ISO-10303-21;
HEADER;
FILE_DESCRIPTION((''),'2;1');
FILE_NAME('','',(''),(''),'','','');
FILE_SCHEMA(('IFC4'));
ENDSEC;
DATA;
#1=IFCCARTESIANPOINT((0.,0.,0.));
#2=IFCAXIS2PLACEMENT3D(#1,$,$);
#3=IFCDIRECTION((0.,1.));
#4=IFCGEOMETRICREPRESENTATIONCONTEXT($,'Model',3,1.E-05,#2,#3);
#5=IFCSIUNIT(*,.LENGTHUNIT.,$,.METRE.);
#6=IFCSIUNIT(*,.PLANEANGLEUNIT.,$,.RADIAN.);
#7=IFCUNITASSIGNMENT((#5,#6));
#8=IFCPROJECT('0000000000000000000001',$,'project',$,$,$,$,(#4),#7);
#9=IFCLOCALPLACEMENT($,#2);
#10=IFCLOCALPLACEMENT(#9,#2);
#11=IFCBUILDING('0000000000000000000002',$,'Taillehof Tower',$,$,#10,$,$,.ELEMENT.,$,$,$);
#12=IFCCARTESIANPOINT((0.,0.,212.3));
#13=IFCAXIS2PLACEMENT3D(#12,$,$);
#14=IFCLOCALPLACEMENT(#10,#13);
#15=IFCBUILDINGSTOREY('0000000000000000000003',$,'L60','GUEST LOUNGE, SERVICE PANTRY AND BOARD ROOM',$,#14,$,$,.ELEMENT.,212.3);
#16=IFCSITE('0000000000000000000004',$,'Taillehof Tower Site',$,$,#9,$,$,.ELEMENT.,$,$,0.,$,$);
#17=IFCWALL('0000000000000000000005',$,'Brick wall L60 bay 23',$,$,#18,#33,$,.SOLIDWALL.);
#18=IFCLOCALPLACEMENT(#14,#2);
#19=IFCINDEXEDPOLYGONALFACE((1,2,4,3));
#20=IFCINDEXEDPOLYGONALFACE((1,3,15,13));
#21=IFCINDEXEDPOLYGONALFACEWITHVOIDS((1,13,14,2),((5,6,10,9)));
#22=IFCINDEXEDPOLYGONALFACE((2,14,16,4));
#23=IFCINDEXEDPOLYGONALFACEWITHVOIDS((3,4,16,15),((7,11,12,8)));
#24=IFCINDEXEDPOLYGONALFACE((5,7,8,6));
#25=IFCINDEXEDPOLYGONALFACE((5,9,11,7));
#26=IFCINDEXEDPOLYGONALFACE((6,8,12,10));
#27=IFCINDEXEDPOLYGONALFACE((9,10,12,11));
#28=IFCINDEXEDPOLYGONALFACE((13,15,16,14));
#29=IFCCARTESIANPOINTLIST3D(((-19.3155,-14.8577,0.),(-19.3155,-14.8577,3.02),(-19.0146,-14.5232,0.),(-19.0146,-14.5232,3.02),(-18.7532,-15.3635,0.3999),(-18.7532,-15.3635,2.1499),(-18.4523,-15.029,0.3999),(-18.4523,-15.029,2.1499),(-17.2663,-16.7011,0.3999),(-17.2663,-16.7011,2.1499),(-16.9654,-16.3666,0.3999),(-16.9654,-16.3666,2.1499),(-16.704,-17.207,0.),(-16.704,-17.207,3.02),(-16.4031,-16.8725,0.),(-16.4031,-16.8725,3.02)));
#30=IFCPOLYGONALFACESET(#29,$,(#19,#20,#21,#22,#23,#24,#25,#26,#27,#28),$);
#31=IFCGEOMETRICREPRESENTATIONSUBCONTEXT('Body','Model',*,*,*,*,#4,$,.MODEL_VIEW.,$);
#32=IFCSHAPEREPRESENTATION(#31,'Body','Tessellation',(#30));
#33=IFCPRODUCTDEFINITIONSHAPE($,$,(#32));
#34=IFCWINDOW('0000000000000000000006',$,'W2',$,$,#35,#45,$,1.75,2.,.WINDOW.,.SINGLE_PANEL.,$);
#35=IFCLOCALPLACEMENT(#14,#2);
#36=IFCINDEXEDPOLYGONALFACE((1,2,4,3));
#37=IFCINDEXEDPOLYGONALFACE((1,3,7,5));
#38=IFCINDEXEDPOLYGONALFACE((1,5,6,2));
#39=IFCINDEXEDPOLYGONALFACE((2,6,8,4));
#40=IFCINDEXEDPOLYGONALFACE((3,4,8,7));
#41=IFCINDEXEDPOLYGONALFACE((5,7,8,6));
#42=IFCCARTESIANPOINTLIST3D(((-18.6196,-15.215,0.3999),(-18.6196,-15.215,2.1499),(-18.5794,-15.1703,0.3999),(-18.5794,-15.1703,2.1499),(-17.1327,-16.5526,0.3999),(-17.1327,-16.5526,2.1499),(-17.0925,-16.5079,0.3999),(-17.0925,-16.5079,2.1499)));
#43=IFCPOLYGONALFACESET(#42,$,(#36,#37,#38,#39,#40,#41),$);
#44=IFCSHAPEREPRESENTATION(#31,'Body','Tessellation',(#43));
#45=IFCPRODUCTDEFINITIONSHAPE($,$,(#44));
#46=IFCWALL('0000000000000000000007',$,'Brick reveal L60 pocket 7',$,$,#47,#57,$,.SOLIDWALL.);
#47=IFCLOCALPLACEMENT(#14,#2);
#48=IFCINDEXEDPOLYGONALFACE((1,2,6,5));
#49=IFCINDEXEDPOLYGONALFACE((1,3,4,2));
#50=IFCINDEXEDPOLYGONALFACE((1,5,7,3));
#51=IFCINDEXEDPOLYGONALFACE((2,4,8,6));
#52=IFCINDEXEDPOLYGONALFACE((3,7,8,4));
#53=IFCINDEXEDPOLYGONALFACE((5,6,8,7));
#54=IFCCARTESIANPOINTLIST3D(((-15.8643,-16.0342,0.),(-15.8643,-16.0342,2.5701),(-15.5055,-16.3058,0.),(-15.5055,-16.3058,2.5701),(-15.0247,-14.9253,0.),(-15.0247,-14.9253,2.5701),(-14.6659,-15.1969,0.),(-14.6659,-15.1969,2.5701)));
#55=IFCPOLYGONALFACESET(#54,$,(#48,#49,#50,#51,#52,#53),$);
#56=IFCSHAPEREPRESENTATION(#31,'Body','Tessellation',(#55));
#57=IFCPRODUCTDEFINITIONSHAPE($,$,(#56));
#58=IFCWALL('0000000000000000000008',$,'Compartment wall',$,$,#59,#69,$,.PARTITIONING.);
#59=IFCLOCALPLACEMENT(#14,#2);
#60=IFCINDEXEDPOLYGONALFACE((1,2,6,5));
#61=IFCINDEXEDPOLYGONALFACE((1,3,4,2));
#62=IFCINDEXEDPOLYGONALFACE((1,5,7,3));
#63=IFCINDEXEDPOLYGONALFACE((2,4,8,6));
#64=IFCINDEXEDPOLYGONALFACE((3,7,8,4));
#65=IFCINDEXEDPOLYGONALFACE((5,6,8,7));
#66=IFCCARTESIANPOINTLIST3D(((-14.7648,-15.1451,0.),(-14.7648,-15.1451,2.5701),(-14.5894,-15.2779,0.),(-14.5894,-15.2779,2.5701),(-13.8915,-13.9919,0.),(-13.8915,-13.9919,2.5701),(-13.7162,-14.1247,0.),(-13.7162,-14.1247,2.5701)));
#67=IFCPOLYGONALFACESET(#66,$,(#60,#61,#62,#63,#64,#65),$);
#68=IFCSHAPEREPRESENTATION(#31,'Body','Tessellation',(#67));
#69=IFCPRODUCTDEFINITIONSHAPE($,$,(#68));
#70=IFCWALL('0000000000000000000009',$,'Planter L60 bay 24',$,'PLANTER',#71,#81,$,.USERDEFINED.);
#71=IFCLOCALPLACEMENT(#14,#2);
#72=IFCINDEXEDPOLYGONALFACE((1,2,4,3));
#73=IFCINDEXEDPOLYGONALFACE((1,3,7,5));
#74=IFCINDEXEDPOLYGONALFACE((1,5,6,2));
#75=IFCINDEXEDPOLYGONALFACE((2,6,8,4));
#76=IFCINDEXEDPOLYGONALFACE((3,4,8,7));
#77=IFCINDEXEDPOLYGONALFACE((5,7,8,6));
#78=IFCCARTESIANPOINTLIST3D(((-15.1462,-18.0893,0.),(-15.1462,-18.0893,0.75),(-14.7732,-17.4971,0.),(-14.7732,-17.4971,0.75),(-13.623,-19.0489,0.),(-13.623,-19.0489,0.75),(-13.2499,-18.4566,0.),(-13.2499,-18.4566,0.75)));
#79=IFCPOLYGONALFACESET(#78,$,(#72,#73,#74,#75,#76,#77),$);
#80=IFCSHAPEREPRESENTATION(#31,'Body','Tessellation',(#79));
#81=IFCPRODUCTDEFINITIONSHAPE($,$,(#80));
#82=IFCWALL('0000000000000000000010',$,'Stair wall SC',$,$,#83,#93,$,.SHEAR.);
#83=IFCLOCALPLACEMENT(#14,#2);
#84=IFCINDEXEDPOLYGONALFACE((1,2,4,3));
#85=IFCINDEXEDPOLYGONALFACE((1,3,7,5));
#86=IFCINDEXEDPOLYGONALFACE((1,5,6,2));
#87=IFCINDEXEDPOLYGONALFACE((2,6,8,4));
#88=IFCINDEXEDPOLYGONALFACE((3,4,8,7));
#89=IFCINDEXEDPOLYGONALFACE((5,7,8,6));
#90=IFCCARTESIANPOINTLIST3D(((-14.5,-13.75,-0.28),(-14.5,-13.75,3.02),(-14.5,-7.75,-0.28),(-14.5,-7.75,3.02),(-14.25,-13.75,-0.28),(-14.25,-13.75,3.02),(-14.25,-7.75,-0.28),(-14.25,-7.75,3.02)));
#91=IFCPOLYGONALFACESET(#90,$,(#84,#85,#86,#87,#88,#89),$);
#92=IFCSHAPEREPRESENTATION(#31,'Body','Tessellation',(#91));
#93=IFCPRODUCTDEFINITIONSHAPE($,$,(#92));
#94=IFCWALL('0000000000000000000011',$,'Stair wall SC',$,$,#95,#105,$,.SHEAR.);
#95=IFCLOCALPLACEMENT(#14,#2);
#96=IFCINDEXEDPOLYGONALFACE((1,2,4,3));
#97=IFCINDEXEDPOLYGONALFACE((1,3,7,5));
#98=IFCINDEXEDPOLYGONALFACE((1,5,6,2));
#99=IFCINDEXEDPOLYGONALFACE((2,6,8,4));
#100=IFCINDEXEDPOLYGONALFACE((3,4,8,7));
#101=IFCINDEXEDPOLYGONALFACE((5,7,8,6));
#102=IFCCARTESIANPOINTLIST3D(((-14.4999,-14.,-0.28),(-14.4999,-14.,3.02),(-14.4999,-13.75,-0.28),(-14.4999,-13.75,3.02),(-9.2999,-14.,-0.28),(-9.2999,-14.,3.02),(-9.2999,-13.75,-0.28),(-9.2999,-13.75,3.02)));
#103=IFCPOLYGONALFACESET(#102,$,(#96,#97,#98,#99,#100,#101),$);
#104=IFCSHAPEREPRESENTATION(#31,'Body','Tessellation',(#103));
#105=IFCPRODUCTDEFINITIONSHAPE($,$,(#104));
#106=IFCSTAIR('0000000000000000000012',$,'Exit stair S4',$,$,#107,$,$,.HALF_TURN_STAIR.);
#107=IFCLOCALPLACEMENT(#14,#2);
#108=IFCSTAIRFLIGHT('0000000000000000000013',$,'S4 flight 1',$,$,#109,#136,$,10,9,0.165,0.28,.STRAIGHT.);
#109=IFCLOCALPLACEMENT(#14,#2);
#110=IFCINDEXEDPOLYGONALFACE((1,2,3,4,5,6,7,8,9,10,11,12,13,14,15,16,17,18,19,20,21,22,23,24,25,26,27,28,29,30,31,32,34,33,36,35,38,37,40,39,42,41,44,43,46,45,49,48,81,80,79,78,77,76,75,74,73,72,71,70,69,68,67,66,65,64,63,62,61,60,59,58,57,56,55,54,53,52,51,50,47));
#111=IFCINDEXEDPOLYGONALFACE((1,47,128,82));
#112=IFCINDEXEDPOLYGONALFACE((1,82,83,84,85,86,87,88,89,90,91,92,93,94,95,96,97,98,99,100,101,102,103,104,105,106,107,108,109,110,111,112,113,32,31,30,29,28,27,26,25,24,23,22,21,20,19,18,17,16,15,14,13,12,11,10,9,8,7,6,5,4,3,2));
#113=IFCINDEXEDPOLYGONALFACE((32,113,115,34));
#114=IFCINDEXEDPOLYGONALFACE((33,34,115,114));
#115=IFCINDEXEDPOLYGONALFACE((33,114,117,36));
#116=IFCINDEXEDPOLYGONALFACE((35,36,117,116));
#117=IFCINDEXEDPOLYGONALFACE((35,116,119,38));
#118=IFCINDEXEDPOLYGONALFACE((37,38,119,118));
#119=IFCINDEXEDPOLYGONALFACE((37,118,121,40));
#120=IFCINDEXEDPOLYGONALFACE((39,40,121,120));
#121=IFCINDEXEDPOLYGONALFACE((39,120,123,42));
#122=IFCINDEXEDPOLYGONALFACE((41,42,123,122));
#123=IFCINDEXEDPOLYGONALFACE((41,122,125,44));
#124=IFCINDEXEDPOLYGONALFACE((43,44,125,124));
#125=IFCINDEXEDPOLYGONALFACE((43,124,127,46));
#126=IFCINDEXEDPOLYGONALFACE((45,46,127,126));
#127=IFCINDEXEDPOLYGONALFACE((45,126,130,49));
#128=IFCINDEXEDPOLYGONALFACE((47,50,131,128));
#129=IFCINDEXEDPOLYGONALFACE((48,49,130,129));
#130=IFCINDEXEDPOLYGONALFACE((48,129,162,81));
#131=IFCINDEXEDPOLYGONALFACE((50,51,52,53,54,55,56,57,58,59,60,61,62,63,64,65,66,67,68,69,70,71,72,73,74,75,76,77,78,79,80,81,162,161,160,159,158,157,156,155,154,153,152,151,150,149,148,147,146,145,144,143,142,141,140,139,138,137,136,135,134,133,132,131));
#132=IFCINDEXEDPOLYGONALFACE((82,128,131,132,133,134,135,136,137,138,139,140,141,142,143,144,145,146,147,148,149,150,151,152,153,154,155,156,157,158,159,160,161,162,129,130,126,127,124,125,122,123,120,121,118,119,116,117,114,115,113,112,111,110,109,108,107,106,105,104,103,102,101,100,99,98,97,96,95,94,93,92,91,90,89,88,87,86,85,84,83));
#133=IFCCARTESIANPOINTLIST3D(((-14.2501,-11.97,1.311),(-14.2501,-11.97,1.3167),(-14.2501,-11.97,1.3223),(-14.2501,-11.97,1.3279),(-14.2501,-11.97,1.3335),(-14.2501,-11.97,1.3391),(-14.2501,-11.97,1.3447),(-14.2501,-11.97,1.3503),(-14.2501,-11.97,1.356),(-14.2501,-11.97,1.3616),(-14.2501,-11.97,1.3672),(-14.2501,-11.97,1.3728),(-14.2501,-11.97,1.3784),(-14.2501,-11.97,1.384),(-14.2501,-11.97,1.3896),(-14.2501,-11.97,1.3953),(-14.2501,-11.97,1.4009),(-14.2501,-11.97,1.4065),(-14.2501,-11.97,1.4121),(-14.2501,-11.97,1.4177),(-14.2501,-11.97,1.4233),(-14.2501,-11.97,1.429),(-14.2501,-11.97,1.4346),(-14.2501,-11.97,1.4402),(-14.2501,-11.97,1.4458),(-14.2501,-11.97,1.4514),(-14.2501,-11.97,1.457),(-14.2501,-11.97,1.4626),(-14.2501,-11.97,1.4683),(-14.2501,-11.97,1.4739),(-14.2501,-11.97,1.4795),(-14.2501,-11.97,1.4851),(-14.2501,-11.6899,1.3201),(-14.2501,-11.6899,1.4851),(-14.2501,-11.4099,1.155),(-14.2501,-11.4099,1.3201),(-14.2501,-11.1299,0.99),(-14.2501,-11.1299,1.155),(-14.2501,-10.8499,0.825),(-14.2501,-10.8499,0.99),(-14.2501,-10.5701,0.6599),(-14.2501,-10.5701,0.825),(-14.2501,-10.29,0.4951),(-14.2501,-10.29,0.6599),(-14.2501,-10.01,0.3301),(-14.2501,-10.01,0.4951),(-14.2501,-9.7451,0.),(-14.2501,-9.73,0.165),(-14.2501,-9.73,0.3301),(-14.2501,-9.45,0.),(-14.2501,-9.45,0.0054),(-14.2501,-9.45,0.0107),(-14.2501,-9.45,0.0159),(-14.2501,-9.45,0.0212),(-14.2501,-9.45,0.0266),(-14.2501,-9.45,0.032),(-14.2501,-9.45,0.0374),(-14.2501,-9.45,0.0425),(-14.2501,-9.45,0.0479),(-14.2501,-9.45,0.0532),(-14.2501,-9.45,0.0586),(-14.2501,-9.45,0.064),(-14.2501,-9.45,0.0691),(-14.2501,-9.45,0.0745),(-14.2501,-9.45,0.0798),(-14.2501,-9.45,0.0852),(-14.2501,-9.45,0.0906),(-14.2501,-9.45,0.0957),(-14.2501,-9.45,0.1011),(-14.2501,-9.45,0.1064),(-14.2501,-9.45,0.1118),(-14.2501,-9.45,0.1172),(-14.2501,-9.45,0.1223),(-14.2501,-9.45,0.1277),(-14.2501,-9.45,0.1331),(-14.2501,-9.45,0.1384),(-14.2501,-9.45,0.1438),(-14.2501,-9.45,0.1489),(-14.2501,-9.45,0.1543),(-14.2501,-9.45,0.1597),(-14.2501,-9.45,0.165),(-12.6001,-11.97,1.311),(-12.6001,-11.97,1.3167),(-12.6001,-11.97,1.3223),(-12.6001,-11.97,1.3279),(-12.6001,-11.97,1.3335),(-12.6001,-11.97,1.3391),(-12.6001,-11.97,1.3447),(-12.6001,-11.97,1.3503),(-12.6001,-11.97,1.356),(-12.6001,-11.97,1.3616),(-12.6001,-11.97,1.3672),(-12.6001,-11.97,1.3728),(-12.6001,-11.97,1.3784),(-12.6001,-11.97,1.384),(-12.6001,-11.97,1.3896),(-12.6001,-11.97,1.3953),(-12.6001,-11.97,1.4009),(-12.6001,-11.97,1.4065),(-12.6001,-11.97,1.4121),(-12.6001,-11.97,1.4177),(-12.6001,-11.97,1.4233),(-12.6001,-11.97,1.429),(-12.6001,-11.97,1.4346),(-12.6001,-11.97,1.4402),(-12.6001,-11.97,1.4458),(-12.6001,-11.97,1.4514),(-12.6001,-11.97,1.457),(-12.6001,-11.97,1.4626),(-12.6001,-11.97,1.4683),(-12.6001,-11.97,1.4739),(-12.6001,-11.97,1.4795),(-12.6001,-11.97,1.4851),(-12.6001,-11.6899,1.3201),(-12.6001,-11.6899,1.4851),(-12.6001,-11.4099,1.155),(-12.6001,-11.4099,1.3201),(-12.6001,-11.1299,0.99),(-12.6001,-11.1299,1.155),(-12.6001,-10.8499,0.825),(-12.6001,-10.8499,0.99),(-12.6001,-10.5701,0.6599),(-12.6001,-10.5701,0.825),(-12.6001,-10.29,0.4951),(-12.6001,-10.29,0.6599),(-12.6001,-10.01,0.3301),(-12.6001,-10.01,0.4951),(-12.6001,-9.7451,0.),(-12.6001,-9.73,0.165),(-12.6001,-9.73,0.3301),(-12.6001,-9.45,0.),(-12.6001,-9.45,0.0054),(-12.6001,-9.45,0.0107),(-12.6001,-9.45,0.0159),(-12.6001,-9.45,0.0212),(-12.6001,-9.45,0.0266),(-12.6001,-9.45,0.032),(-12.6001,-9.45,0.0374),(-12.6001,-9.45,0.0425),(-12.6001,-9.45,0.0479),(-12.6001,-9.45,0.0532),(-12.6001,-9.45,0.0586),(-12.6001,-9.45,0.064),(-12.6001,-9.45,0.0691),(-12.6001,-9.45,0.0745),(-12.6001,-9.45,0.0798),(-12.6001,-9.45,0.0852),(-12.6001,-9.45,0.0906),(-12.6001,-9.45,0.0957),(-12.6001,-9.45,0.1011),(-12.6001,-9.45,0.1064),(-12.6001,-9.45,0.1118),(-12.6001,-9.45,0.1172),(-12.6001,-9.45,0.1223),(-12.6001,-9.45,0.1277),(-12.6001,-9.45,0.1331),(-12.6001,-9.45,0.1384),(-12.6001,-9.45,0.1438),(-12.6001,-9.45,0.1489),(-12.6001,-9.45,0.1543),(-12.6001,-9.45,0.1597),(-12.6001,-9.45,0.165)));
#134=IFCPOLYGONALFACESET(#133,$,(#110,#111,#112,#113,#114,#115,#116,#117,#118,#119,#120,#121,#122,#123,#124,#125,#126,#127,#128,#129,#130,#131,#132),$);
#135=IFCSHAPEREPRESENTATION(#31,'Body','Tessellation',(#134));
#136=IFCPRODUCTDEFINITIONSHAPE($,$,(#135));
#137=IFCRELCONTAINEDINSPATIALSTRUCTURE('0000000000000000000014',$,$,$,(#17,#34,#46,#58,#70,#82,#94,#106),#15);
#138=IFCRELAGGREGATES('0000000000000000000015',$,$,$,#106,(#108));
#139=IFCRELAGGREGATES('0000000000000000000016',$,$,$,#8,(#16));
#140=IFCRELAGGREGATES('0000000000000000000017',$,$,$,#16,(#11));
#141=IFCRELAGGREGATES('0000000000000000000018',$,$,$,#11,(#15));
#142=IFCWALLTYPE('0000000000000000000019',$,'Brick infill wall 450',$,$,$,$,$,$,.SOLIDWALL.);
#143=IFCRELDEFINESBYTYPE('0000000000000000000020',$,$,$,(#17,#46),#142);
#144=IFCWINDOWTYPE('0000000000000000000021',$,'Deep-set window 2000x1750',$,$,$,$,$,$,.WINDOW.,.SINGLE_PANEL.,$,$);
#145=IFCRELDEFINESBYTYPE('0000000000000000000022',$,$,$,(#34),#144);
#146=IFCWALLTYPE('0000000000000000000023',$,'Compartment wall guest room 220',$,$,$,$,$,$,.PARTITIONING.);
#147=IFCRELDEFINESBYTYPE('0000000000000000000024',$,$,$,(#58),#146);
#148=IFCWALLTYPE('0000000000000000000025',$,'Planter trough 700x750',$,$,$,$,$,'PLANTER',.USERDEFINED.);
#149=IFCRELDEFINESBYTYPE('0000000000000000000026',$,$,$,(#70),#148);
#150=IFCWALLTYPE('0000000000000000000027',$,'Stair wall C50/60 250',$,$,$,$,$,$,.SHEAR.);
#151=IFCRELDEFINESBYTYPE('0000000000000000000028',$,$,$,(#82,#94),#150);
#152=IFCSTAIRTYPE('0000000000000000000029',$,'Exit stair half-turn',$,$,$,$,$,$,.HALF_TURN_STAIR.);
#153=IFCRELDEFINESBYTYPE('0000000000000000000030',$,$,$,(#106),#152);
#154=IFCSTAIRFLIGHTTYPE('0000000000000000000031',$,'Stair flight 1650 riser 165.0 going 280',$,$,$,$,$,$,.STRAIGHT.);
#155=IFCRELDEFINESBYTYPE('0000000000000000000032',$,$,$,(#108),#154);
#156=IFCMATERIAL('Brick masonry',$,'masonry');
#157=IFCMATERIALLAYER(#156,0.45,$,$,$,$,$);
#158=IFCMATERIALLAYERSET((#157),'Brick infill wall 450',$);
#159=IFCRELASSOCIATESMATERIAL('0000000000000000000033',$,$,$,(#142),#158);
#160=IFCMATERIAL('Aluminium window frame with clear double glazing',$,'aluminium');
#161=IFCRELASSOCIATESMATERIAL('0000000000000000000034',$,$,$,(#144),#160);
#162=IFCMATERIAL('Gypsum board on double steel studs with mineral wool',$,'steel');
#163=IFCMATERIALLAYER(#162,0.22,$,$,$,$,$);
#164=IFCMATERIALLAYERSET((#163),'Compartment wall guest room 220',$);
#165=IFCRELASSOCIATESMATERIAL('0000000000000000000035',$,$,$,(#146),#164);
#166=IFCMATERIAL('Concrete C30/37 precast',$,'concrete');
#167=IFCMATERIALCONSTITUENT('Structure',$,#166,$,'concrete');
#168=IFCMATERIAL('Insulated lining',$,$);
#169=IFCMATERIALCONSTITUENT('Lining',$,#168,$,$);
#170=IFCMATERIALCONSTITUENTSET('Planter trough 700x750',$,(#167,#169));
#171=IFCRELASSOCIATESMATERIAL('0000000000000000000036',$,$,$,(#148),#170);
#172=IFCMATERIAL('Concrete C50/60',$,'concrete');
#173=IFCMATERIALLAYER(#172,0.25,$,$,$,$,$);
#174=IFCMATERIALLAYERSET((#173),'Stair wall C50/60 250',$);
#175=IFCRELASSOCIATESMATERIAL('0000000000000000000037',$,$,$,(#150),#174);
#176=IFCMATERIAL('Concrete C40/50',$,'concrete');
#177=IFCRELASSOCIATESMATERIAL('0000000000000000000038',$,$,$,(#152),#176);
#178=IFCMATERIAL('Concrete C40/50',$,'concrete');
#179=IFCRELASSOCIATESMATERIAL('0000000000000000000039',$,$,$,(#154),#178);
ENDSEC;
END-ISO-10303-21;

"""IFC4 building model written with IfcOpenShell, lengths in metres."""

from ifc_helpers import new_model, si_unit, direction, frame, frame_2d, origin, place, context, subcontext, project, spatial, polyline, rectangle, outline, extrude, material, layer, layer_set, constituent, constituent_set, type_object, element, fill, aggregate, save


model = new_model("IFC4")

# Units and contexts
model_context = context("Model", 3, precision=1e-05, world=origin(), true_north=direction((0.0, 1.0)))
body_context = subcontext(model_context, "Body", "Model", "MODEL_VIEW")
ifc_project = project(units=[si_unit("LENGTHUNIT", "METRE"), si_unit("PLANEANGLEUNIT", "RADIAN")], contexts=[model_context])

# Site, building, storey
site_placement = place(None, origin())
site = spatial("IfcSite", under=ifc_project, at=site_placement, Name="Taillehof Tower Site", CompositionType="ELEMENT", RefElevation=0.0)
building_placement = place(site_placement, origin())
building = spatial("IfcBuilding", under=site, at=building_placement, Name="Taillehof Tower", CompositionType="ELEMENT")
storey_placement = place(building_placement, frame((0.0, 0.0, 212.3)))
storey = spatial("IfcBuildingStorey", under=building, at=storey_placement, Name="L60", Description="GUEST LOUNGE, SERVICE PANTRY AND BOARD ROOM", CompositionType="ELEMENT", Elevation=212.3)

# Wall, opening, window
ifc_material_1 = material(Name="Brick masonry", Category="masonry")
ifc_layer_1 = layer(ifc_material_1, 0.45)
ifc_layer_set_1 = layer_set([ifc_layer_1], Name="Brick infill wall 450")
wall_type_1 = type_object("IfcWallType", Name="Brick infill wall 450", PredefinedType="SOLIDWALL", material=ifc_layer_set_1)
ifc_material_2 = material(Name="Aluminium window frame with clear double glazing", Category="aluminium")
window_type_1 = type_object("IfcWindowType", Name="Deep-set window 2000x1750", PartitioningType="SINGLE_PANEL", PredefinedType="WINDOW", material=ifc_material_2)
wall_1_placement = place(storey_placement, frame((-19.165, -14.6904, 0.0), z_axis=(0.0, 0.0, 1.0), x_axis=(0.743443, -0.6688, 0.0)))
wall_1 = element("IfcWall", 1, at=wall_1_placement, inside=storey, type_object=wall_type_1, Name="Brick wall L60 bay 23", PredefinedType="SOLIDWALL", context=body_context, shape_type="SweptSolid", body=[
    extrude(rectangle(XDim=3.5127, YDim=0.45, at=frame_2d((1.7563, 0.0))), origin(), (0.0, 0.0, 1.0), 3.02),
])
opening_1_placement = place(wall_1_placement, frame((0.7563, 0.0, 0.3999)))
opening_1 = element("IfcOpeningElement", 2, at=opening_1_placement, cuts=wall_1, PredefinedType="OPENING", context=body_context, shape_type="SweptSolid", body=[
    extrude(rectangle(XDim=2.0, YDim=1.75, at=frame_2d((1.0, 0.875))), frame((0.0, 0.2349, 0.0), z_axis=(0.0, -1.0, 0.0), x_axis=(1.0, 0.0, 0.0)), (0.0, 0.0, 1.0), 0.47),
])
window_1_placement = place(opening_1_placement, origin())
window_1 = element("IfcWindow", 3, at=window_1_placement, inside=storey, type_object=window_type_1, Name="W2", OverallHeight=1.75, OverallWidth=2.0, PartitioningType="SINGLE_PANEL", PredefinedType="WINDOW", context=body_context, shape_type="SweptSolid", body=[
    extrude(rectangle(XDim=2.0, YDim=1.75, at=frame_2d((1.0, 0.875))), frame((0.0, 0.0349, 0.0), z_axis=(0.0, -1.0, 0.0), x_axis=(1.0, 0.0, 0.0)), (0.0, 0.0, 1.0), 0.0601),
])
fill(opening_1, window_1)

# Wall
wall_2_placement = place(storey_placement, frame((-15.6848, -16.1699, 0.0), z_axis=(0.0, 0.0, 1.0), x_axis=(0.603645, 0.797253, 0.0)))
element("IfcWall", 4, at=wall_2_placement, inside=storey, type_object=wall_type_1, Name="Brick reveal L60 pocket 7", PredefinedType="SOLIDWALL", context=body_context, shape_type="SweptSolid", body=[
    extrude(rectangle(XDim=1.3909, YDim=0.45, at=frame_2d((0.6953, 0.0))), origin(), (0.0, 0.0, 1.0), 2.5701),
])

# Walls
ifc_material_3 = material(Name="Gypsum board on double steel studs with mineral wool", Category="steel")
ifc_layer_2 = layer(ifc_material_3, 0.22)
ifc_layer_set_2 = layer_set([ifc_layer_2], Name="Compartment wall guest room 220")
wall_type_2 = type_object("IfcWallType", Name="Compartment wall guest room 220", PredefinedType="PARTITIONING", material=ifc_layer_set_2)
wall_3_placement = place(storey_placement, frame((-14.677, -15.2114, 0.0), z_axis=(0.0, 0.0, 1.0), x_axis=(0.603666, 0.797237, 0.0)))
element("IfcWall", 5, at=wall_3_placement, inside=storey, type_object=wall_type_2, Name="Compartment wall", PredefinedType="PARTITIONING", context=body_context, shape_type="SweptSolid", body=[
    extrude(rectangle(XDim=1.4465, YDim=0.22, at=frame_2d((0.7231, 0.0))), origin(), (0.0, 0.0, 1.0), 2.5701),
])
ifc_material_4 = material(Name="Concrete C30/37 precast", Category="concrete")
ifc_constituent_1 = constituent(ifc_material_4, Name="Structure", Category="concrete")
ifc_material_5 = material(Name="Insulated lining")
ifc_constituent_2 = constituent(ifc_material_5, Name="Lining")
ifc_constituent_set = constituent_set(constituents=[ifc_constituent_1, ifc_constituent_2], Name="Planter trough 700x750")
wall_type_3 = type_object("IfcWallType", Name="Planter trough 700x750", ElementType="PLANTER", PredefinedType="USERDEFINED", material=ifc_constituent_set)
wall_4_placement = place(storey_placement, frame((-14.9597, -17.7932, 0.0), z_axis=(0.0, 0.0, 1.0), x_axis=(0.846126, -0.532982, 0.0)))
element("IfcWall", 6, at=wall_4_placement, inside=storey, type_object=wall_type_3, Name="Planter L60 bay 24", ObjectType="PLANTER", PredefinedType="USERDEFINED", context=body_context, shape_type="SweptSolid", body=[
    extrude(rectangle(XDim=1.8003, YDim=0.7, at=frame_2d((0.9001, 0.0))), origin(), (0.0, 0.0, 1.0), 0.75),
])
ifc_material_6 = material(Name="Concrete C50/60", Category="concrete")
ifc_layer_3 = layer(ifc_material_6, 0.25)
ifc_layer_set_3 = layer_set([ifc_layer_3], Name="Stair wall C50/60 250")
wall_type_4 = type_object("IfcWallType", Name="Stair wall C50/60 250", PredefinedType="SHEAR", material=ifc_layer_set_3)
wall_5_placement = place(storey_placement, frame((-14.375, -13.75, -0.28), z_axis=(0.0, 0.0, 1.0), x_axis=(0.0, 1.0, 0.0)))
element("IfcWall", 7, at=wall_5_placement, inside=storey, type_object=wall_type_4, Name="Stair wall SC", PredefinedType="SHEAR", context=body_context, shape_type="SweptSolid", body=[
    extrude(rectangle(XDim=6.0, YDim=0.25, at=frame_2d((3.0, 0.0))), origin(), (0.0, 0.0, 1.0), 3.3),
])
wall_6_placement = place(storey_placement, frame((-14.5, -13.875, -0.28), z_axis=(0.0, 0.0, 1.0), x_axis=(1.0, 0.0, 0.0)))
element("IfcWall", 8, at=wall_6_placement, inside=storey, type_object=wall_type_4, Name="Stair wall SC", PredefinedType="SHEAR", context=body_context, shape_type="SweptSolid", body=[
    extrude(rectangle(XDim=5.2, YDim=0.25, at=frame_2d((2.6001, 0.0))), origin(), (0.0, 0.0, 1.0), 3.3),
])

# Stair, stair flight
ifc_material_7 = material(Name="Concrete C40/50", Category="concrete")
stair_type = type_object("IfcStairType", Name="Exit stair half-turn", PredefinedType="HALF_TURN_STAIR", material=ifc_material_7)
stair_placement = place(storey_placement, origin())
stair = element("IfcStair", 9, at=stair_placement, inside=storey, type_object=stair_type, Name="Exit stair S4", PredefinedType="HALF_TURN_STAIR")
ifc_material_8 = material(Name="Concrete C40/50", Category="concrete")
stair_flight_type = type_object("IfcStairFlightType", Name="Stair flight 1650 riser 165.0 going 280", PredefinedType="STRAIGHT", material=ifc_material_8)
stair_flight_placement = place(storey_placement, frame((-13.425, -9.45, 0.0), z_axis=(0.0, 0.0, 1.0), x_axis=(0.0, -1.0, 0.0)))
stair_flight = element("IfcStairFlight", 10, at=stair_flight_placement, type_object=stair_flight_type, Name="S4 flight 1", NumberOfRisers=10, NumberOfTreads=9, PredefinedType="STRAIGHT", RiserHeight=0.165, TreadLength=0.28, context=body_context, shape_type="SweptSolid", body=[
    extrude(outline(polyline([(0.0, 0.0), (0.0, 0.0054), (0.0, 0.0107), (0.0, 0.0159), (0.0, 0.0212), (0.0, 0.0266), (0.0, 0.032), (0.0, 0.0374), (0.0, 0.0425), (0.0, 0.0479), (0.0, 0.0532), (0.0, 0.0586), (0.0, 0.064), (0.0, 0.0691), (0.0, 0.0745), (0.0, 0.0798), (0.0, 0.0852), (0.0, 0.0906), (0.0, 0.0957), (0.0, 0.1011), (0.0, 0.1064), (0.0, 0.1118), (0.0, 0.1172), (0.0, 0.1223), (0.0, 0.1277), (0.0, 0.1331), (0.0, 0.1384), (0.0, 0.1438), (0.0, 0.1489), (0.0, 0.1543), (0.0, 0.1597), (0.0, 0.165), (0.28, 0.165), (0.28, 0.3301), (0.5601, 0.3301), (0.5601, 0.4951), (0.8401, 0.4951), (0.8401, 0.6599), (1.1201, 0.6599), (1.1201, 0.825), (1.3999, 0.825), (1.3999, 0.99), (1.6799, 0.99), (1.6799, 1.155), (1.96, 1.155), (1.96, 1.3201), (2.24, 1.3201), (2.24, 1.4851), (2.52, 1.4851), (2.52, 1.4795), (2.52, 1.4739), (2.52, 1.4683), (2.52, 1.4626), (2.52, 1.457), (2.52, 1.4514), (2.52, 1.4458), (2.52, 1.4402), (2.52, 1.4346), (2.52, 1.429), (2.52, 1.4233), (2.52, 1.4177), (2.52, 1.4121), (2.52, 1.4065), (2.52, 1.4009), (2.52, 1.3953), (2.52, 1.3896), (2.52, 1.384), (2.52, 1.3784), (2.52, 1.3728), (2.52, 1.3672), (2.52, 1.3616), (2.52, 1.356), (2.52, 1.3503), (2.52, 1.3447), (2.52, 1.3391), (2.52, 1.3335), (2.52, 1.3279), (2.52, 1.3223), (2.52, 1.3167), (2.52, 1.311), (0.2952, 0.0), (0.0, 0.0)])), frame((0.0, 0.825, 0.0), z_axis=(0.0, -1.0, 0.0), x_axis=(1.0, 0.0, 0.0)), (0.0, 0.0, 1.0), 1.65),
])
aggregate(stair, [stair_flight])

save(model, "model.ifc")
